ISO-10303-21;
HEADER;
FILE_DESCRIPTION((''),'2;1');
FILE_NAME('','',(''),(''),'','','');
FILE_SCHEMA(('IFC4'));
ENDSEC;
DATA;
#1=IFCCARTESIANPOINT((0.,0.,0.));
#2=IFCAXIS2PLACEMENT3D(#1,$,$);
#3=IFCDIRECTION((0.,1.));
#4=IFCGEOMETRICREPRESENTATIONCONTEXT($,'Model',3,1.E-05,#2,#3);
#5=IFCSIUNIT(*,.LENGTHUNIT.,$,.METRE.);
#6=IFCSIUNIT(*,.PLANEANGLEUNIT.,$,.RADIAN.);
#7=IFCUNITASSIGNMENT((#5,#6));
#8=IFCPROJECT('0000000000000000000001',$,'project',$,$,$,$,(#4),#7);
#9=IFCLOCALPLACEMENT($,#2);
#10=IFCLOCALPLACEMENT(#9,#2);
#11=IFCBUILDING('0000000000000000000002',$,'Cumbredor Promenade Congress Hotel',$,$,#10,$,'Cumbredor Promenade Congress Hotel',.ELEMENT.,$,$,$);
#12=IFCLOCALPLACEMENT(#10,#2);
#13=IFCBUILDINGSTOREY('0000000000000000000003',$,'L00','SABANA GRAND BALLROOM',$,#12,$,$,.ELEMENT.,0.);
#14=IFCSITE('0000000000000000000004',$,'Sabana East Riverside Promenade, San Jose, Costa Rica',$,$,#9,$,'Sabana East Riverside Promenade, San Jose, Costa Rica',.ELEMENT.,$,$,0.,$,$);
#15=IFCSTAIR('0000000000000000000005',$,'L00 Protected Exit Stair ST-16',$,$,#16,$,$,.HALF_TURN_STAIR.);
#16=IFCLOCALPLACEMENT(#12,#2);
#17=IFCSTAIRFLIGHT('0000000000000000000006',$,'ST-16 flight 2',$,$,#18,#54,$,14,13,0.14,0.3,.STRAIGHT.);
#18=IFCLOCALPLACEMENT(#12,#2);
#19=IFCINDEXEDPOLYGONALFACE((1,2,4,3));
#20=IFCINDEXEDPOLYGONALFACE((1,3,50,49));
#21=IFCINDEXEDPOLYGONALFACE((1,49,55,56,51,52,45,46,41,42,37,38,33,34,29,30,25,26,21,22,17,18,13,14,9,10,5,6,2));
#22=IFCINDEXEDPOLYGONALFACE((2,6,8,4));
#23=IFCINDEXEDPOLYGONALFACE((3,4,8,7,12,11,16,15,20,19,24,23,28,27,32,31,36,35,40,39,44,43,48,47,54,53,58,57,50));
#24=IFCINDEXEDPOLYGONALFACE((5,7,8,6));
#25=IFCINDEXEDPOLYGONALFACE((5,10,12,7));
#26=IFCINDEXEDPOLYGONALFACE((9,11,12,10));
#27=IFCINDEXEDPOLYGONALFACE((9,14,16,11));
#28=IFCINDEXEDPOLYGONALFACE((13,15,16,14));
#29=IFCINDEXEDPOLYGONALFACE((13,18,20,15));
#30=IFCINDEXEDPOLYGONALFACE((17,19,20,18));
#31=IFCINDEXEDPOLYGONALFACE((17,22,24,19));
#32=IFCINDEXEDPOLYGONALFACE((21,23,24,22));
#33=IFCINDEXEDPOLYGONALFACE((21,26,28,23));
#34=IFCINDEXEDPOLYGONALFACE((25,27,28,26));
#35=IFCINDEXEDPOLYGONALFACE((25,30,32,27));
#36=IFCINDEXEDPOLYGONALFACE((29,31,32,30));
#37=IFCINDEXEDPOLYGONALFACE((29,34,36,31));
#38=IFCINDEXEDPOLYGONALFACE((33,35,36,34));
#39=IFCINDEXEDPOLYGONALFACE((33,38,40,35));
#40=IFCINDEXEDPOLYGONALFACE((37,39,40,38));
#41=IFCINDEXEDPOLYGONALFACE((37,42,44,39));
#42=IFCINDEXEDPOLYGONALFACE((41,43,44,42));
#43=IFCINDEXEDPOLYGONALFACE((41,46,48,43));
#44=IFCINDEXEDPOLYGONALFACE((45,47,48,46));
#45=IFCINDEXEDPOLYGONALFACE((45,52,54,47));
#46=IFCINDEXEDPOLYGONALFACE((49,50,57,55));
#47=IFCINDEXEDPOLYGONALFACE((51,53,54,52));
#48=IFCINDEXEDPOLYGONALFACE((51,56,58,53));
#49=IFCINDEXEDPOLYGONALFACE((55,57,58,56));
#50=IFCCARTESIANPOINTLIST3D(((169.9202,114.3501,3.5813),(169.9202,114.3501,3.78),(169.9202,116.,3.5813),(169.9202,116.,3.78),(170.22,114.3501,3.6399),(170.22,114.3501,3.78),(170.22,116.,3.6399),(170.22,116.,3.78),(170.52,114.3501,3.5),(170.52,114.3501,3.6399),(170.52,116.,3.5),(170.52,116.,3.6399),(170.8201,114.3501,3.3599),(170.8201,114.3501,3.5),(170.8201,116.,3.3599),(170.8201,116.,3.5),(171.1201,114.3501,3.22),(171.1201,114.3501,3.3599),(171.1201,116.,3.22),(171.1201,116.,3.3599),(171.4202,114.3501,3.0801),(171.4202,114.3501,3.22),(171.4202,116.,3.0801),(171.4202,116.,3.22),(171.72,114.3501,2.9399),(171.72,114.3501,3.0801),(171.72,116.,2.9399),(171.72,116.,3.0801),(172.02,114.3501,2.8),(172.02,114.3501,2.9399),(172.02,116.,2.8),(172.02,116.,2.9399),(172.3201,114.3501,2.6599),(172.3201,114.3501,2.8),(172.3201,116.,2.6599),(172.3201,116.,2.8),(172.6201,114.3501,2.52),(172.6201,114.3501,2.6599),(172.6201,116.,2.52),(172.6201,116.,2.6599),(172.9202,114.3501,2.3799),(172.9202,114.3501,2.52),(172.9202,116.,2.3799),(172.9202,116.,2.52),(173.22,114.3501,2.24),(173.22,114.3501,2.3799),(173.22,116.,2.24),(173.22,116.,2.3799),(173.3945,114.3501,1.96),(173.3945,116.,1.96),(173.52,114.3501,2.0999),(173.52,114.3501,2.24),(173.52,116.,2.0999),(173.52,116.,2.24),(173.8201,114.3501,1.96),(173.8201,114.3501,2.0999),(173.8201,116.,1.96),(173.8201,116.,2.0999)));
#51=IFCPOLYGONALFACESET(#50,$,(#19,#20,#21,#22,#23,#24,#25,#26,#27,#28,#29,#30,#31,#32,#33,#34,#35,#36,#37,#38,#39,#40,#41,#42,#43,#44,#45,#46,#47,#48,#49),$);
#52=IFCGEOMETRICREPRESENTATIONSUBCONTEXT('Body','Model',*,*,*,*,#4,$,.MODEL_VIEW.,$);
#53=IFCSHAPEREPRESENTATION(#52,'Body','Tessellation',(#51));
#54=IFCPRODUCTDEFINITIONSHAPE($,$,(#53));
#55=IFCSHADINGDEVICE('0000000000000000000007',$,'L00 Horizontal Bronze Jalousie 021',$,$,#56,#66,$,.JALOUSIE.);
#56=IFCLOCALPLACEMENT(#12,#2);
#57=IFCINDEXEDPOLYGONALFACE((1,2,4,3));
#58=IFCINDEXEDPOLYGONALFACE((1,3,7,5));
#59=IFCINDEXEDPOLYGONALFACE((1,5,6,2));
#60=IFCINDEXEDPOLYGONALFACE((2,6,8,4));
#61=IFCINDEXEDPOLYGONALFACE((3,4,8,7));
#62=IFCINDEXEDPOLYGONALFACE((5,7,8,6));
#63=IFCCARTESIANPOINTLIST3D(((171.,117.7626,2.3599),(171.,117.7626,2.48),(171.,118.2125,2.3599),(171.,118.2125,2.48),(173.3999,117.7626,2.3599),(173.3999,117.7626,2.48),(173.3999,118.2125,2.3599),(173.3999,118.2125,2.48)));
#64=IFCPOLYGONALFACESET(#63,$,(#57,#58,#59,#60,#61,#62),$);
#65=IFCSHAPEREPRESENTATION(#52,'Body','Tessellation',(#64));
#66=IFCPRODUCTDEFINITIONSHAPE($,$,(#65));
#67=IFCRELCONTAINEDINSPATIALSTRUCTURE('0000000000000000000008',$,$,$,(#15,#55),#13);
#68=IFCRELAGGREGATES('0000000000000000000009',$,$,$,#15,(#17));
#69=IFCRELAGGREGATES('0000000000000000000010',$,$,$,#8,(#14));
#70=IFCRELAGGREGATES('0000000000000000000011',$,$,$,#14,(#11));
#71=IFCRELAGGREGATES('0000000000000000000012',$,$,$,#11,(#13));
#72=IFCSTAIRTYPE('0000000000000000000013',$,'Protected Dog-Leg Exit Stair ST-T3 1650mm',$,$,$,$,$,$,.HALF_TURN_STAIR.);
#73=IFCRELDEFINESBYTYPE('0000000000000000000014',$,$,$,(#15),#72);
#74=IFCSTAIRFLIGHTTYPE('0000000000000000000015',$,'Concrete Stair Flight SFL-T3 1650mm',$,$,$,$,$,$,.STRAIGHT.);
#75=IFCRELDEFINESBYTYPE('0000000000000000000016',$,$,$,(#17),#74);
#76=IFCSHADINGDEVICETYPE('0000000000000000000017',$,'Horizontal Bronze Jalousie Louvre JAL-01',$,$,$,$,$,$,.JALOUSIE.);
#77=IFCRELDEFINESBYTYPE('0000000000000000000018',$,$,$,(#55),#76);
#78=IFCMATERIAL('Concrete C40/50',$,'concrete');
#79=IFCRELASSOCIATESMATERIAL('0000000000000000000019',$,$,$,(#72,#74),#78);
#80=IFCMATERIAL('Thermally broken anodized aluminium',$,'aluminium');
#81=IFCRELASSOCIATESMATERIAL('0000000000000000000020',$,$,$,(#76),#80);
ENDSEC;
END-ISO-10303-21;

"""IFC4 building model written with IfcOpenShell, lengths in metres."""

from ifc_helpers import new_model, si_unit, direction, frame, origin, origin_2d, place, context, subcontext, project, spatial, polyline, rectangle, outline, extrude, material, type_object, element, aggregate, save


model = new_model("IFC4")

# Units and contexts
model_context = context("Model", 3, precision=1e-05, world=origin(), true_north=direction((0.0, 1.0)))
body_context = subcontext(model_context, "Body", "Model", "MODEL_VIEW")
ifc_project = project(units=[si_unit("LENGTHUNIT", "METRE"), si_unit("PLANEANGLEUNIT", "RADIAN")], contexts=[model_context])

# Site, building, storey
site_placement = place(None, origin())
site = spatial("IfcSite", under=ifc_project, at=site_placement, Name="Sabana East Riverside Promenade, San Jose, Costa Rica", LongName="Sabana East Riverside Promenade, San Jose, Costa Rica", CompositionType="ELEMENT", RefElevation=0.0)
building_placement = place(site_placement, origin())
building = spatial("IfcBuilding", under=site, at=building_placement, Name="Cumbredor Promenade Congress Hotel", LongName="Cumbredor Promenade Congress Hotel", CompositionType="ELEMENT")
storey_placement = place(building_placement, origin())
storey = spatial("IfcBuildingStorey", under=building, at=storey_placement, Name="L00", Description="SABANA GRAND BALLROOM", CompositionType="ELEMENT", Elevation=0.0)

# Shared definitions
ifc_material_1 = material(Name="Concrete C40/50", Category="concrete")

# Shared definitions
ifc_material_2 = material(Name="Thermally broken anodized aluminium", Category="aluminium")

# Stair, stair flight
stair_type = type_object("IfcStairType", Name="Protected Dog-Leg Exit Stair ST-T3 1650mm", PredefinedType="HALF_TURN_STAIR", material=ifc_material_1)
stair_placement = place(storey_placement, origin())
stair = element("IfcStair", 1, at=stair_placement, inside=storey, type_object=stair_type, Name="L00 Protected Exit Stair ST-16", PredefinedType="HALF_TURN_STAIR")
stair_flight_type = type_object("IfcStairFlightType", Name="Concrete Stair Flight SFL-T3 1650mm", PredefinedType="STRAIGHT", material=ifc_material_1)
stair_flight_1_placement = place(storey_placement, frame((173.8201, 115.175, 1.96), z_axis=(0.0, 0.0, 1.0), x_axis=(-1.0, 0.0, 0.0)))
stair_flight_1 = element("IfcStairFlight", 2, at=stair_flight_1_placement, type_object=stair_flight_type, Name="ST-16 flight 2", NumberOfRisers=14, NumberOfTreads=13, PredefinedType="STRAIGHT", RiserHeight=0.14, TreadLength=0.3, context=body_context, shape_type="SweptSolid", body=[
    extrude(outline(polyline([(0.0, 0.0), (0.0, 0.1399), (0.3, 0.1399), (0.3, 0.28), (0.6001, 0.28), (0.6001, 0.4199), (0.8999, 0.4199), (0.8999, 0.5601), (1.2, 0.5601), (1.2, 0.7), (1.5, 0.7), (1.5, 0.8401), (1.8, 0.8401), (1.8, 0.98), (2.1001, 0.98), (2.1001, 1.1201), (2.3999, 1.1201), (2.3999, 1.26), (2.7, 1.26), (2.7, 1.3999), (3.0, 1.3999), (3.0, 1.54), (3.3, 1.54), (3.3, 1.6799), (3.6001, 1.6799), (3.6001, 1.8201), (3.8999, 1.8201), (3.8999, 1.96), (3.8999, 1.6213), (0.4255, 0.0), (0.0, 0.0)])), frame((0.0, 0.825, 0.0), z_axis=(0.0, -1.0, 0.0), x_axis=(1.0, 0.0, 0.0)), (0.0, 0.0, 1.0), 1.6499),
])
aggregate(stair, [stair_flight_1])

# Shading device
shading_device_type = type_object("IfcShadingDeviceType", Name="Horizontal Bronze Jalousie Louvre JAL-01", PredefinedType="JALOUSIE", material=ifc_material_2)
shading_device_placement = place(storey_placement, frame((172.2, 117.9875, 2.3599), z_axis=(0.0, 0.0, 1.0), x_axis=(1.0, 0.0, 0.0)))
element("IfcShadingDevice", 3, at=shading_device_placement, inside=storey, type_object=shading_device_type, Name="L00 Horizontal Bronze Jalousie 021", PredefinedType="JALOUSIE", context=body_context, shape_type="SweptSolid", body=[
    extrude(rectangle(XDim=2.3999, YDim=0.45, at=origin_2d()), origin(), (0.0, 0.0, 1.0), 0.1201),
])

save(model, "model.ifc")
